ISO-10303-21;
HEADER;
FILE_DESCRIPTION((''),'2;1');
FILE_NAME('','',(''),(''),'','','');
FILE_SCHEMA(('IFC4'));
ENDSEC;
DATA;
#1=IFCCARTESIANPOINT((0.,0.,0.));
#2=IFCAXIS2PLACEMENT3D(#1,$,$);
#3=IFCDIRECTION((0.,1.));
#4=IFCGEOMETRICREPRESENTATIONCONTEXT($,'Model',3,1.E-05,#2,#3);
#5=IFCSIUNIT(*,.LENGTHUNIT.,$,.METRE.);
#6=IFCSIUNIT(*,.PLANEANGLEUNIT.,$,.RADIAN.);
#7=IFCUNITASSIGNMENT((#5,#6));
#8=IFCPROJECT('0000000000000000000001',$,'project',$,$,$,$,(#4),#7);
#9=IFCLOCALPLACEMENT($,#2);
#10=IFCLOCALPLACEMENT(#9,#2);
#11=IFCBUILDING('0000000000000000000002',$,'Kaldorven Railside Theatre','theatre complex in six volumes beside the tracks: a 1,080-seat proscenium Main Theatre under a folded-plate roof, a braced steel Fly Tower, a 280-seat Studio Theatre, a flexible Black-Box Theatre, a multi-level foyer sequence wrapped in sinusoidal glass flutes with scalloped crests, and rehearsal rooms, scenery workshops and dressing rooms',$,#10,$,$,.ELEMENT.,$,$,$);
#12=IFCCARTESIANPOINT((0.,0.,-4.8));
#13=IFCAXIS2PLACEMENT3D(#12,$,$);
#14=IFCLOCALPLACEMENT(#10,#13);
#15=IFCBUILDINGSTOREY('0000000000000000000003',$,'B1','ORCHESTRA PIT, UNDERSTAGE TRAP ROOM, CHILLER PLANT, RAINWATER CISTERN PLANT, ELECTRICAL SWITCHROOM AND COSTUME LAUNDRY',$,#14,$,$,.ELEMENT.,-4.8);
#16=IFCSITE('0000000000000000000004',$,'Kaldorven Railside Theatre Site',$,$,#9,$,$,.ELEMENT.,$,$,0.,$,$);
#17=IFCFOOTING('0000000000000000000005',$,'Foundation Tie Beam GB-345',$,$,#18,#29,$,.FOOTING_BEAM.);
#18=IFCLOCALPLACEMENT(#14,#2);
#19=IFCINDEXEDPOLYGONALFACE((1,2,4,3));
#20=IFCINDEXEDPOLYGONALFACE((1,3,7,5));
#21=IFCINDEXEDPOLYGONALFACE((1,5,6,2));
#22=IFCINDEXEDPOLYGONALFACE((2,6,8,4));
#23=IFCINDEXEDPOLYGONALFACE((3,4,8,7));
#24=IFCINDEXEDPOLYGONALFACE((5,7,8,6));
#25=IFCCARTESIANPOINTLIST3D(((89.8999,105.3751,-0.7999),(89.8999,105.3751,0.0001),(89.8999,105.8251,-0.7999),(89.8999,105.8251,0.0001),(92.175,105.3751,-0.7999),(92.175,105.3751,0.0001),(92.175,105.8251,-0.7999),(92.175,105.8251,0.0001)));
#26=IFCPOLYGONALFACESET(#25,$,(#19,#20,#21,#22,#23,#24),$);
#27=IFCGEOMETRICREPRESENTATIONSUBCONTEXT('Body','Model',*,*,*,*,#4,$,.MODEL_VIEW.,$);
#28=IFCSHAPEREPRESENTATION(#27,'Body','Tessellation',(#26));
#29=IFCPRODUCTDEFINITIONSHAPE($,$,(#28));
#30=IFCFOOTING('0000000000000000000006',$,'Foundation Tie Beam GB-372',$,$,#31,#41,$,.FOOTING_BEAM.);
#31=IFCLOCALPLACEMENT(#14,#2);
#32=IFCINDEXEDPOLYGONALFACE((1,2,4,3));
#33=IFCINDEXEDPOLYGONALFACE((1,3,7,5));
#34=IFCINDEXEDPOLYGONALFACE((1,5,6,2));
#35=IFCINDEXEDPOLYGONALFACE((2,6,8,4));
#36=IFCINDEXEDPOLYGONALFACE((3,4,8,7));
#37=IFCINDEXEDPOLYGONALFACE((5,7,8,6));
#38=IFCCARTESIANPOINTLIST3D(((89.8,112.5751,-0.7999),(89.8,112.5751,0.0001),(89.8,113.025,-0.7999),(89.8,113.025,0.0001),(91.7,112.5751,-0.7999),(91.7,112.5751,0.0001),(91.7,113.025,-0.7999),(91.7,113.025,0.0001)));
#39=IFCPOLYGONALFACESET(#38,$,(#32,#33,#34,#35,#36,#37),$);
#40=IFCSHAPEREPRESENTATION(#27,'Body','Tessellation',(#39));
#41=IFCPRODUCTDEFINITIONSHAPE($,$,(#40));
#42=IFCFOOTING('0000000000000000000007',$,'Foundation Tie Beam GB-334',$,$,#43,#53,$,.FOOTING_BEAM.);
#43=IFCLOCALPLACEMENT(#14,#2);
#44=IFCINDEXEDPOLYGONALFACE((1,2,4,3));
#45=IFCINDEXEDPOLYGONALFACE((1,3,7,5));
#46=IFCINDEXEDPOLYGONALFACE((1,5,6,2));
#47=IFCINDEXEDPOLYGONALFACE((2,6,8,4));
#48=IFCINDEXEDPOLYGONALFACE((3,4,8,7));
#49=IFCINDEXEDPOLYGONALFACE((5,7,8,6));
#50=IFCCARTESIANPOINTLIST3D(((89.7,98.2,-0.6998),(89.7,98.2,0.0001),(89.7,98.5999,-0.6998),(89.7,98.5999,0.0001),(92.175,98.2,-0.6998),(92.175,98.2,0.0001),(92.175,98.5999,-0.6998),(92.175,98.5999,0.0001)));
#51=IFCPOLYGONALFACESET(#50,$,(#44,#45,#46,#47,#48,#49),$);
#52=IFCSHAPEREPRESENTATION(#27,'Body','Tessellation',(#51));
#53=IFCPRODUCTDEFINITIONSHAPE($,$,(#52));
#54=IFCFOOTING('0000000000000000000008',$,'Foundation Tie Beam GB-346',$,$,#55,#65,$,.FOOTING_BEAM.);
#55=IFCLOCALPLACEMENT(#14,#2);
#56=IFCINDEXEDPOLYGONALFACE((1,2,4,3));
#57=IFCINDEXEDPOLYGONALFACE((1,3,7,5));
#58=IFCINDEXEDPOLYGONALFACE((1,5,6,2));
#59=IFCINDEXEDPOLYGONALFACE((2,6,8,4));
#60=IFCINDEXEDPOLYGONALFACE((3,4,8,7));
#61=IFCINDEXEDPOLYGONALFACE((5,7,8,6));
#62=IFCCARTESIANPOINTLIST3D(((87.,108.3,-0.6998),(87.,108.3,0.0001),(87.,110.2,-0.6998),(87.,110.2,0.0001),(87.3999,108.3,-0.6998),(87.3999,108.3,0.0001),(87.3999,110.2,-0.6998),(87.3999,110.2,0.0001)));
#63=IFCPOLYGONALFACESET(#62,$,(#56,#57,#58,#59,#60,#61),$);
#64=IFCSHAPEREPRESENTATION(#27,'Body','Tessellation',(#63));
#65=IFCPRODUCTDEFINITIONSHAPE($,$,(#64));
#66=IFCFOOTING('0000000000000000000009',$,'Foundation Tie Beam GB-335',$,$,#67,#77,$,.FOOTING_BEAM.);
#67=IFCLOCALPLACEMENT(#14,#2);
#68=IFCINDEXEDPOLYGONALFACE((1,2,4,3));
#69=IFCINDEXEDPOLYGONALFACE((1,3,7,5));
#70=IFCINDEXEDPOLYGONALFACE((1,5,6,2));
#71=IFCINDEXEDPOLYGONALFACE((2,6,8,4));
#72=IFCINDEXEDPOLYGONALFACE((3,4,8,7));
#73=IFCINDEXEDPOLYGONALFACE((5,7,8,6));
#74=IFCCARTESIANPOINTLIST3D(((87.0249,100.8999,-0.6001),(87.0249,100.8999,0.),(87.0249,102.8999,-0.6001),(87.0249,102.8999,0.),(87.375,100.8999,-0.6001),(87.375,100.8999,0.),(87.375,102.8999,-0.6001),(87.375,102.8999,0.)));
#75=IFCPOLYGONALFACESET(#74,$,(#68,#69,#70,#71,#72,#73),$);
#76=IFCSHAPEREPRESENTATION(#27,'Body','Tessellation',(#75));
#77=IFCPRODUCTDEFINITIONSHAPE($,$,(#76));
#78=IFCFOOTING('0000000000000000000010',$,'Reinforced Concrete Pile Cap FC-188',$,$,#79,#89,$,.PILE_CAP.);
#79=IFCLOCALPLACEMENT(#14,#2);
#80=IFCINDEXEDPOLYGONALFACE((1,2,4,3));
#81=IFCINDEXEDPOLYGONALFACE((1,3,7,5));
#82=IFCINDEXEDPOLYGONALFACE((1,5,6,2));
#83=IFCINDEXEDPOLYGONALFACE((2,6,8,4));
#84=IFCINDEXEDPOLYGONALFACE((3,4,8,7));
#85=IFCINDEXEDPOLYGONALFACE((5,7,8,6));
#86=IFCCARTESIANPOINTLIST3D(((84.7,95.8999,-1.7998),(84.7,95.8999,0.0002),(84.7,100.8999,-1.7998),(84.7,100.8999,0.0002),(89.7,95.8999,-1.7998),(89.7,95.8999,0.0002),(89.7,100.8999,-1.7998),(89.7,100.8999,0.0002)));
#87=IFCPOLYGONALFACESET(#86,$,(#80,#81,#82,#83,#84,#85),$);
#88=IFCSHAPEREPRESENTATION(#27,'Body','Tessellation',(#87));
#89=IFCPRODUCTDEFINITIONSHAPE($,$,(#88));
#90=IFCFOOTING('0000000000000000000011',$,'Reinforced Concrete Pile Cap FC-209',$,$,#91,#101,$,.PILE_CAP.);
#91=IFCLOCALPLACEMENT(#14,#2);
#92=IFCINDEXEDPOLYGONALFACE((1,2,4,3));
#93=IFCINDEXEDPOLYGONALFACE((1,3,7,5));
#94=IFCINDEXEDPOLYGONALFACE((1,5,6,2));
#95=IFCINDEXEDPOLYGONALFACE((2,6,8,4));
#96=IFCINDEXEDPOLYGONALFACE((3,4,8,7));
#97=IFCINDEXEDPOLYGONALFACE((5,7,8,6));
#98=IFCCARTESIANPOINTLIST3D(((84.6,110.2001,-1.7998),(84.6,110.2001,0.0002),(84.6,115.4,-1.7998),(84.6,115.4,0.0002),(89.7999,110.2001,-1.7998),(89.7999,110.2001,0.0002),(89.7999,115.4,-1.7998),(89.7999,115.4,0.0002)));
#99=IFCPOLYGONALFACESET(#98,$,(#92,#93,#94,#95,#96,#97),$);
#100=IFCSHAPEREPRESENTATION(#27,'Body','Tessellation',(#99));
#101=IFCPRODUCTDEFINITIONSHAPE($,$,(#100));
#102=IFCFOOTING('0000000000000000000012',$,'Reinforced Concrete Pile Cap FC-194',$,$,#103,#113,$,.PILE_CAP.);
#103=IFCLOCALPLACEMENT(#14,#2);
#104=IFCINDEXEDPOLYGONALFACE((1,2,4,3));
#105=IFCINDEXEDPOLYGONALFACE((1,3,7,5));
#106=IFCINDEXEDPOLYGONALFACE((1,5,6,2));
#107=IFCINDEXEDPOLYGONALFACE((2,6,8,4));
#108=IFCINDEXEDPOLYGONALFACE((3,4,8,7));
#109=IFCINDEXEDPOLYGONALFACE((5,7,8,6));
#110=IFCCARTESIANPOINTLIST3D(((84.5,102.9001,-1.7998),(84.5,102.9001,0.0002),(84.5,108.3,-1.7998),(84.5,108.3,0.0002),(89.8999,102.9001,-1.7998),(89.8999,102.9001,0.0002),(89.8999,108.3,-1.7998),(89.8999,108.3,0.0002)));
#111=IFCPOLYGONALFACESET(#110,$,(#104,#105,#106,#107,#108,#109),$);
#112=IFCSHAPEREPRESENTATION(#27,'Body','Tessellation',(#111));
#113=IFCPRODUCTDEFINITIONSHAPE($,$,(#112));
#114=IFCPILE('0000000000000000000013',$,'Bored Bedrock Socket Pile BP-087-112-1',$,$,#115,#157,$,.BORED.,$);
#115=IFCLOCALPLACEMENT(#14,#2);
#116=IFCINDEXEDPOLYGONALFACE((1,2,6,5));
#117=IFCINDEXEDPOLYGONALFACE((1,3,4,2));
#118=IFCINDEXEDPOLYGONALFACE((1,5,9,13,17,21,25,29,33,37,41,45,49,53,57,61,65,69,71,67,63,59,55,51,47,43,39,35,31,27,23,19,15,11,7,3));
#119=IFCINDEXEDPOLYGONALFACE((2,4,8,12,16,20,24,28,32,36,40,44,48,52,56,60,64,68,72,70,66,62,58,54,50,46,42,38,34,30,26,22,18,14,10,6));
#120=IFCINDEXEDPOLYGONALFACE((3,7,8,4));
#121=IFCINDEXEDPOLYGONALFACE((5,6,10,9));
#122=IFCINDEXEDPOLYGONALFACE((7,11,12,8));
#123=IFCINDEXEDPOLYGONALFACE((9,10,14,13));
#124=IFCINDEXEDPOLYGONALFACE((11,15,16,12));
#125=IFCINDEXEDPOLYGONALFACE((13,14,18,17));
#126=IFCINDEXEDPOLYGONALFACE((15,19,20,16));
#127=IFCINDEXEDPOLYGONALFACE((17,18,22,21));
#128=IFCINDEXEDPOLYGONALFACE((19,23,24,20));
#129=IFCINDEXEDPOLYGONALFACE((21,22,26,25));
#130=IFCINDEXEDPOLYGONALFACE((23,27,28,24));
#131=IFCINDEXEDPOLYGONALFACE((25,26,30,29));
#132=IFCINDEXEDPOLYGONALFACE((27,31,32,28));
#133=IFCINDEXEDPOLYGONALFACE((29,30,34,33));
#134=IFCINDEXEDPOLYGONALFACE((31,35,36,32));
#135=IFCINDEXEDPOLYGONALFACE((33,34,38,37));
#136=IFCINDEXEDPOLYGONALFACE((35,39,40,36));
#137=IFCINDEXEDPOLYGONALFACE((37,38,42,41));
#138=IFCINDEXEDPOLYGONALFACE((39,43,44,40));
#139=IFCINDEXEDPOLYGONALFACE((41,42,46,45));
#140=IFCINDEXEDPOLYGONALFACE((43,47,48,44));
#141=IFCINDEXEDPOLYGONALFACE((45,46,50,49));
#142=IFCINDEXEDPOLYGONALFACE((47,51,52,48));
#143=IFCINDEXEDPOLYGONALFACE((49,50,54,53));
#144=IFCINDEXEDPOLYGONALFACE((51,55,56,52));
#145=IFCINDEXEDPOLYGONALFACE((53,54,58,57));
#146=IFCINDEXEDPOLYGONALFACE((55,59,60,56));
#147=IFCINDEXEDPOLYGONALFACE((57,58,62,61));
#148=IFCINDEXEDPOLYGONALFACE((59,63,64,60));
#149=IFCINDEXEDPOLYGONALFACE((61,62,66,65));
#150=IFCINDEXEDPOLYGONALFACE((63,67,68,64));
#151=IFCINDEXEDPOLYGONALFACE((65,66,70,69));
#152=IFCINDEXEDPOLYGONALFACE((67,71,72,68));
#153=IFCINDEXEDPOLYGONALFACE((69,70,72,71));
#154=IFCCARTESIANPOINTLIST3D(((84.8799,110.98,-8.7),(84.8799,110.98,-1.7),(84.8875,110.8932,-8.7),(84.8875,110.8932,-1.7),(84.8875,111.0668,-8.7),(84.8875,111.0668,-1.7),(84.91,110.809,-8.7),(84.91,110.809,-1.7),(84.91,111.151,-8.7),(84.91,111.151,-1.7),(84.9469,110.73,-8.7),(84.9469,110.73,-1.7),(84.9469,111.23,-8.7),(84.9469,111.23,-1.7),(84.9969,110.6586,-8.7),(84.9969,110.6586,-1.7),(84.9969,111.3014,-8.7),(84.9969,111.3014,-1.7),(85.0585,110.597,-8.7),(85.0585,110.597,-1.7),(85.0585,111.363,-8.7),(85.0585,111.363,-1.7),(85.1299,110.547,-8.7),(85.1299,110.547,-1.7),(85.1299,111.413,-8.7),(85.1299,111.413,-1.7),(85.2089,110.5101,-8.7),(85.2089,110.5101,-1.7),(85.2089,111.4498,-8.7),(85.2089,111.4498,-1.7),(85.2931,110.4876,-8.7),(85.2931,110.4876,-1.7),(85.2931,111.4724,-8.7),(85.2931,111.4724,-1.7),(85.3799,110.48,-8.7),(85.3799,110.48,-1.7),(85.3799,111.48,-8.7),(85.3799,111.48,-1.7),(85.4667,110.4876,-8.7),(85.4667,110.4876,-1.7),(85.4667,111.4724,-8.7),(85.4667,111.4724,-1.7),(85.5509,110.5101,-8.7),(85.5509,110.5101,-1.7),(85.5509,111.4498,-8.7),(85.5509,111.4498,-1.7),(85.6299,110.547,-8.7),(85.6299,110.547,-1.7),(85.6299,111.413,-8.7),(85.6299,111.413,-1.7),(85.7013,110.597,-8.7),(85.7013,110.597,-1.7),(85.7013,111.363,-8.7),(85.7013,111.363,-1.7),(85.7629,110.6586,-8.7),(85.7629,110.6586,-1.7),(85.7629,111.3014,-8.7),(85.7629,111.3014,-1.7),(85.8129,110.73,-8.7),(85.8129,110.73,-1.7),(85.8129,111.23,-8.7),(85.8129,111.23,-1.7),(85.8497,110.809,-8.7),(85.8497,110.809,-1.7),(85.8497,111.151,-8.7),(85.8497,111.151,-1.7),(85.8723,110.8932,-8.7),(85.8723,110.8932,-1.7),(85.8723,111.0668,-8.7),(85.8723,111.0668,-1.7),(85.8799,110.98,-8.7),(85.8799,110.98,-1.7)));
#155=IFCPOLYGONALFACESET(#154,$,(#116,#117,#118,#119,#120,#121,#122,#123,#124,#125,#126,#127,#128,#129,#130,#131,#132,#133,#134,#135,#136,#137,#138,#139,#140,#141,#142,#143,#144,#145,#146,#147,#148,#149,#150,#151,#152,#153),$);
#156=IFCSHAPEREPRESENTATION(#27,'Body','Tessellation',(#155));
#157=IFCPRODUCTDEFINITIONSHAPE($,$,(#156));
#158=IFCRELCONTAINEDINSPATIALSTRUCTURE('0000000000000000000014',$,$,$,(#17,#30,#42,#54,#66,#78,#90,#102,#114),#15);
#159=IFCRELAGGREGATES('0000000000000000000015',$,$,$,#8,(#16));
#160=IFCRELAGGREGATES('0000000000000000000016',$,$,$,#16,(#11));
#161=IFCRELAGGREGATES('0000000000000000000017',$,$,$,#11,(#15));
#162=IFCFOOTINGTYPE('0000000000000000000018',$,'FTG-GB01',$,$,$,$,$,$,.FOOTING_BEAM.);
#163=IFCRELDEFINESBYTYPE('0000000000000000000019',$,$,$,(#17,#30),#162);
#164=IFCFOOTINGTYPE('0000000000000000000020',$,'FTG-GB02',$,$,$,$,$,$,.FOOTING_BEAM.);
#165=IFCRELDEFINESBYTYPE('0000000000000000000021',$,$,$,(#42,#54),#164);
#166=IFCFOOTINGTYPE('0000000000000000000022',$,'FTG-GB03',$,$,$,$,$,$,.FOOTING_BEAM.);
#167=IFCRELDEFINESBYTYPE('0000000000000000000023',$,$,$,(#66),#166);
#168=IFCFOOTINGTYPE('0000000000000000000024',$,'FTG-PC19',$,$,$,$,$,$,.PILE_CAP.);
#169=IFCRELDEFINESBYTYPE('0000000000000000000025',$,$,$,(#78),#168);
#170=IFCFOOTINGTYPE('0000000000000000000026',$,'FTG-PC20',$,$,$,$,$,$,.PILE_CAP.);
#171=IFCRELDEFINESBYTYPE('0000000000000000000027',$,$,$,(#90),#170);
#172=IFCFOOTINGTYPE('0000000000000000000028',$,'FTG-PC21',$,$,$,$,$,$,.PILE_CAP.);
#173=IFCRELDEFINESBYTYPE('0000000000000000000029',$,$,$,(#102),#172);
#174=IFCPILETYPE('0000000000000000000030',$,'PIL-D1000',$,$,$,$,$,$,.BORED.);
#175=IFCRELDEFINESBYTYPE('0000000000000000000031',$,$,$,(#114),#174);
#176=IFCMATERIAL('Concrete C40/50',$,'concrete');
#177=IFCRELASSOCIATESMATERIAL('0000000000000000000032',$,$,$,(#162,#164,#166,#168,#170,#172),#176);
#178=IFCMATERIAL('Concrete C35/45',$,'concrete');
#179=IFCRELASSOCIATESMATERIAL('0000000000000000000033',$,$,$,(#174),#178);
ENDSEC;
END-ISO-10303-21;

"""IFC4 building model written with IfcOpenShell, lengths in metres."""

from ifc_helpers import new_model, si_unit, direction, frame, origin, origin_2d, place, context, subcontext, project, spatial, rectangle, circle, extrude, material, material_profile, profile_set, type_object, element, save


model = new_model("IFC4")

# Units and contexts
model_context = context("Model", 3, precision=1e-05, world=origin(), true_north=direction((0.0, 1.0)))
body_context = subcontext(model_context, "Body", "Model", "MODEL_VIEW")
ifc_project = project(units=[si_unit("LENGTHUNIT", "METRE"), si_unit("PLANEANGLEUNIT", "RADIAN")], contexts=[model_context])

# Site, building, storey
site_placement = place(None, origin())
site = spatial("IfcSite", under=ifc_project, at=site_placement, Name="Kaldorven Railside Theatre Site", CompositionType="ELEMENT", RefElevation=0.0)
building_placement = place(site_placement, origin())
building = spatial("IfcBuilding", under=site, at=building_placement, Name="Kaldorven Railside Theatre", Description="theatre complex in six volumes beside the tracks: a 1,080-seat proscenium Main Theatre under a folded-plate roof, a braced steel Fly Tower, a 280-seat Studio Theatre, a flexible Black-Box Theatre, a multi-level foyer sequence wrapped in sinusoidal glass flutes with scalloped crests, and rehearsal rooms, scenery workshops and dressing rooms", CompositionType="ELEMENT")
storey_placement = place(building_placement, frame((0.0, 0.0, -4.8)))
storey = spatial("IfcBuildingStorey", under=building, at=storey_placement, Name="B1", Description="ORCHESTRA PIT, UNDERSTAGE TRAP ROOM, CHILLER PLANT, RAINWATER CISTERN PLANT, ELECTRICAL SWITCHROOM AND COSTUME LAUNDRY", CompositionType="ELEMENT", Elevation=-4.8)

# Footings
ifc_material_1 = material(Name="Concrete C40/50", Category="concrete")
ifc_material_profile_1 = material_profile(ifc_material_1, rectangle(XDim=0.45, YDim=0.8, at=origin_2d()), Name="RC 450x800")
ifc_profile_set_1 = profile_set([ifc_material_profile_1], Name="Concrete C40/50")
footing_type_1 = type_object("IfcFootingType", Name="FTG-GB01", PredefinedType="FOOTING_BEAM", material=ifc_profile_set_1)
footing_1_placement = place(storey_placement, frame((89.8999, 105.6001, -0.3999), z_axis=(1.0, 0.0, 0.0), x_axis=(0.0, 1.0, 0.0)))
element("IfcFooting", 1, at=footing_1_placement, inside=storey, type_object=footing_type_1, Name="Foundation Tie Beam GB-345", PredefinedType="FOOTING_BEAM", context=body_context, shape_type="SweptSolid", body=[
    extrude(rectangle(XDim=0.45, YDim=0.8, at=origin_2d()), origin(), (0.0, 0.0, 1.0), 2.2751),
])
footing_2_placement = place(storey_placement, frame((89.8, 112.8, -0.3999), z_axis=(1.0, 0.0, 0.0), x_axis=(0.0, 1.0, 0.0)))
element("IfcFooting", 2, at=footing_2_placement, inside=storey, type_object=footing_type_1, Name="Foundation Tie Beam GB-372", PredefinedType="FOOTING_BEAM", context=body_context, shape_type="SweptSolid", body=[
    extrude(rectangle(XDim=0.45, YDim=0.8, at=origin_2d()), origin(), (0.0, 0.0, 1.0), 1.8999),
])
ifc_material_profile_2 = material_profile(ifc_material_1, rectangle(XDim=0.3999, YDim=0.7, at=origin_2d()), Name="RC 400x700")
ifc_profile_set_2 = profile_set([ifc_material_profile_2], Name="Concrete C40/50")
footing_type_2 = type_object("IfcFootingType", Name="FTG-GB02", PredefinedType="FOOTING_BEAM", material=ifc_profile_set_2)
footing_3_placement = place(storey_placement, frame((89.7, 98.3999, -0.3499), z_axis=(1.0, 0.0, 0.0), x_axis=(0.0, 1.0, 0.0)))
element("IfcFooting", 3, at=footing_3_placement, inside=storey, type_object=footing_type_2, Name="Foundation Tie Beam GB-334", PredefinedType="FOOTING_BEAM", context=body_context, shape_type="SweptSolid", body=[
    extrude(rectangle(XDim=0.3999, YDim=0.7, at=origin_2d()), origin(), (0.0, 0.0, 1.0), 2.4751),
])
footing_4_placement = place(storey_placement, frame((87.2, 108.3, -0.3499), z_axis=(0.0, 1.0, 0.0), x_axis=(-1.0, 0.0, 0.0)))
element("IfcFooting", 4, at=footing_4_placement, inside=storey, type_object=footing_type_2, Name="Foundation Tie Beam GB-346", PredefinedType="FOOTING_BEAM", context=body_context, shape_type="SweptSolid", body=[
    extrude(rectangle(XDim=0.3999, YDim=0.7, at=origin_2d()), origin(), (0.0, 0.0, 1.0), 1.8999),
])
ifc_material_profile_3 = material_profile(ifc_material_1, rectangle(XDim=0.3501, YDim=0.6001, at=origin_2d()), Name="RC 350x600")
ifc_profile_set_3 = profile_set([ifc_material_profile_3], Name="Concrete C40/50")
footing_type_3 = type_object("IfcFootingType", Name="FTG-GB03", PredefinedType="FOOTING_BEAM", material=ifc_profile_set_3)
footing_5_placement = place(storey_placement, frame((87.2, 100.8999, -0.3), z_axis=(0.0, 1.0, 0.0), x_axis=(-1.0, 0.0, 0.0)))
element("IfcFooting", 5, at=footing_5_placement, inside=storey, type_object=footing_type_3, Name="Foundation Tie Beam GB-335", PredefinedType="FOOTING_BEAM", context=body_context, shape_type="SweptSolid", body=[
    extrude(rectangle(XDim=0.3501, YDim=0.6001, at=origin_2d()), origin(), (0.0, 0.0, 1.0), 2.0),
])
footing_type_4 = type_object("IfcFootingType", Name="FTG-PC19", PredefinedType="PILE_CAP", material=ifc_material_1)
footing_6_placement = place(storey_placement, frame((87.2, 98.3999, -1.7998), z_axis=(0.0, 0.0, 1.0), x_axis=(1.0, 0.0, 0.0)))
element("IfcFooting", 6, at=footing_6_placement, inside=storey, type_object=footing_type_4, Name="Reinforced Concrete Pile Cap FC-188", PredefinedType="PILE_CAP", context=body_context, shape_type="SweptSolid", body=[
    extrude(rectangle(XDim=5.0, YDim=5.0, at=origin_2d()), origin(), (0.0, 0.0, 1.0), 1.8),
])
footing_type_5 = type_object("IfcFootingType", Name="FTG-PC20", PredefinedType="PILE_CAP", material=ifc_material_1)
footing_7_placement = place(storey_placement, frame((87.2, 112.8, -1.7998), z_axis=(0.0, 0.0, 1.0), x_axis=(1.0, 0.0, 0.0)))
element("IfcFooting", 7, at=footing_7_placement, inside=storey, type_object=footing_type_5, Name="Reinforced Concrete Pile Cap FC-209", PredefinedType="PILE_CAP", context=body_context, shape_type="SweptSolid", body=[
    extrude(rectangle(XDim=5.2, YDim=5.2, at=origin_2d()), origin(), (0.0, 0.0, 1.0), 1.8),
])
footing_type_6 = type_object("IfcFootingType", Name="FTG-PC21", PredefinedType="PILE_CAP", material=ifc_material_1)
footing_8_placement = place(storey_placement, frame((87.2, 105.6001, -1.7998), z_axis=(0.0, 0.0, 1.0), x_axis=(1.0, 0.0, 0.0)))
element("IfcFooting", 8, at=footing_8_placement, inside=storey, type_object=footing_type_6, Name="Reinforced Concrete Pile Cap FC-194", PredefinedType="PILE_CAP", context=body_context, shape_type="SweptSolid", body=[
    extrude(rectangle(XDim=5.3999, YDim=5.3999, at=origin_2d()), origin(), (0.0, 0.0, 1.0), 1.8),
])

# Pile
ifc_material_2 = material(Name="Concrete C35/45", Category="concrete")
ifc_material_profile_4 = material_profile(ifc_material_2, circle(Radius=0.5, at=origin_2d()), Name="BP D1000")
ifc_profile_set_4 = profile_set([ifc_material_profile_4], Name="Concrete C35/45")
pile_type_1 = type_object("IfcPileType", Name="PIL-D1000", PredefinedType="BORED", material=ifc_profile_set_4)
for number, where, z_axis, x_axis, name in (
    (9, (85.3799, 110.98, -1.7), (0.0, 0.0, -1.0), (1.0, 0.0, 0.0), "Bored Bedrock Socket Pile BP-087-112-1"),
):
    element("IfcPile", number, at=place(storey_placement, frame(where, z_axis=z_axis, x_axis=x_axis)), inside=storey, type_object=pile_type_1, Name=name, PredefinedType="BORED", context=body_context, shape_type="SweptSolid", body=[
        extrude(circle(Radius=0.5, at=origin_2d()), origin(), (0.0, 0.0, 1.0), 7.0),
    ])

save(model, "model.ifc")
